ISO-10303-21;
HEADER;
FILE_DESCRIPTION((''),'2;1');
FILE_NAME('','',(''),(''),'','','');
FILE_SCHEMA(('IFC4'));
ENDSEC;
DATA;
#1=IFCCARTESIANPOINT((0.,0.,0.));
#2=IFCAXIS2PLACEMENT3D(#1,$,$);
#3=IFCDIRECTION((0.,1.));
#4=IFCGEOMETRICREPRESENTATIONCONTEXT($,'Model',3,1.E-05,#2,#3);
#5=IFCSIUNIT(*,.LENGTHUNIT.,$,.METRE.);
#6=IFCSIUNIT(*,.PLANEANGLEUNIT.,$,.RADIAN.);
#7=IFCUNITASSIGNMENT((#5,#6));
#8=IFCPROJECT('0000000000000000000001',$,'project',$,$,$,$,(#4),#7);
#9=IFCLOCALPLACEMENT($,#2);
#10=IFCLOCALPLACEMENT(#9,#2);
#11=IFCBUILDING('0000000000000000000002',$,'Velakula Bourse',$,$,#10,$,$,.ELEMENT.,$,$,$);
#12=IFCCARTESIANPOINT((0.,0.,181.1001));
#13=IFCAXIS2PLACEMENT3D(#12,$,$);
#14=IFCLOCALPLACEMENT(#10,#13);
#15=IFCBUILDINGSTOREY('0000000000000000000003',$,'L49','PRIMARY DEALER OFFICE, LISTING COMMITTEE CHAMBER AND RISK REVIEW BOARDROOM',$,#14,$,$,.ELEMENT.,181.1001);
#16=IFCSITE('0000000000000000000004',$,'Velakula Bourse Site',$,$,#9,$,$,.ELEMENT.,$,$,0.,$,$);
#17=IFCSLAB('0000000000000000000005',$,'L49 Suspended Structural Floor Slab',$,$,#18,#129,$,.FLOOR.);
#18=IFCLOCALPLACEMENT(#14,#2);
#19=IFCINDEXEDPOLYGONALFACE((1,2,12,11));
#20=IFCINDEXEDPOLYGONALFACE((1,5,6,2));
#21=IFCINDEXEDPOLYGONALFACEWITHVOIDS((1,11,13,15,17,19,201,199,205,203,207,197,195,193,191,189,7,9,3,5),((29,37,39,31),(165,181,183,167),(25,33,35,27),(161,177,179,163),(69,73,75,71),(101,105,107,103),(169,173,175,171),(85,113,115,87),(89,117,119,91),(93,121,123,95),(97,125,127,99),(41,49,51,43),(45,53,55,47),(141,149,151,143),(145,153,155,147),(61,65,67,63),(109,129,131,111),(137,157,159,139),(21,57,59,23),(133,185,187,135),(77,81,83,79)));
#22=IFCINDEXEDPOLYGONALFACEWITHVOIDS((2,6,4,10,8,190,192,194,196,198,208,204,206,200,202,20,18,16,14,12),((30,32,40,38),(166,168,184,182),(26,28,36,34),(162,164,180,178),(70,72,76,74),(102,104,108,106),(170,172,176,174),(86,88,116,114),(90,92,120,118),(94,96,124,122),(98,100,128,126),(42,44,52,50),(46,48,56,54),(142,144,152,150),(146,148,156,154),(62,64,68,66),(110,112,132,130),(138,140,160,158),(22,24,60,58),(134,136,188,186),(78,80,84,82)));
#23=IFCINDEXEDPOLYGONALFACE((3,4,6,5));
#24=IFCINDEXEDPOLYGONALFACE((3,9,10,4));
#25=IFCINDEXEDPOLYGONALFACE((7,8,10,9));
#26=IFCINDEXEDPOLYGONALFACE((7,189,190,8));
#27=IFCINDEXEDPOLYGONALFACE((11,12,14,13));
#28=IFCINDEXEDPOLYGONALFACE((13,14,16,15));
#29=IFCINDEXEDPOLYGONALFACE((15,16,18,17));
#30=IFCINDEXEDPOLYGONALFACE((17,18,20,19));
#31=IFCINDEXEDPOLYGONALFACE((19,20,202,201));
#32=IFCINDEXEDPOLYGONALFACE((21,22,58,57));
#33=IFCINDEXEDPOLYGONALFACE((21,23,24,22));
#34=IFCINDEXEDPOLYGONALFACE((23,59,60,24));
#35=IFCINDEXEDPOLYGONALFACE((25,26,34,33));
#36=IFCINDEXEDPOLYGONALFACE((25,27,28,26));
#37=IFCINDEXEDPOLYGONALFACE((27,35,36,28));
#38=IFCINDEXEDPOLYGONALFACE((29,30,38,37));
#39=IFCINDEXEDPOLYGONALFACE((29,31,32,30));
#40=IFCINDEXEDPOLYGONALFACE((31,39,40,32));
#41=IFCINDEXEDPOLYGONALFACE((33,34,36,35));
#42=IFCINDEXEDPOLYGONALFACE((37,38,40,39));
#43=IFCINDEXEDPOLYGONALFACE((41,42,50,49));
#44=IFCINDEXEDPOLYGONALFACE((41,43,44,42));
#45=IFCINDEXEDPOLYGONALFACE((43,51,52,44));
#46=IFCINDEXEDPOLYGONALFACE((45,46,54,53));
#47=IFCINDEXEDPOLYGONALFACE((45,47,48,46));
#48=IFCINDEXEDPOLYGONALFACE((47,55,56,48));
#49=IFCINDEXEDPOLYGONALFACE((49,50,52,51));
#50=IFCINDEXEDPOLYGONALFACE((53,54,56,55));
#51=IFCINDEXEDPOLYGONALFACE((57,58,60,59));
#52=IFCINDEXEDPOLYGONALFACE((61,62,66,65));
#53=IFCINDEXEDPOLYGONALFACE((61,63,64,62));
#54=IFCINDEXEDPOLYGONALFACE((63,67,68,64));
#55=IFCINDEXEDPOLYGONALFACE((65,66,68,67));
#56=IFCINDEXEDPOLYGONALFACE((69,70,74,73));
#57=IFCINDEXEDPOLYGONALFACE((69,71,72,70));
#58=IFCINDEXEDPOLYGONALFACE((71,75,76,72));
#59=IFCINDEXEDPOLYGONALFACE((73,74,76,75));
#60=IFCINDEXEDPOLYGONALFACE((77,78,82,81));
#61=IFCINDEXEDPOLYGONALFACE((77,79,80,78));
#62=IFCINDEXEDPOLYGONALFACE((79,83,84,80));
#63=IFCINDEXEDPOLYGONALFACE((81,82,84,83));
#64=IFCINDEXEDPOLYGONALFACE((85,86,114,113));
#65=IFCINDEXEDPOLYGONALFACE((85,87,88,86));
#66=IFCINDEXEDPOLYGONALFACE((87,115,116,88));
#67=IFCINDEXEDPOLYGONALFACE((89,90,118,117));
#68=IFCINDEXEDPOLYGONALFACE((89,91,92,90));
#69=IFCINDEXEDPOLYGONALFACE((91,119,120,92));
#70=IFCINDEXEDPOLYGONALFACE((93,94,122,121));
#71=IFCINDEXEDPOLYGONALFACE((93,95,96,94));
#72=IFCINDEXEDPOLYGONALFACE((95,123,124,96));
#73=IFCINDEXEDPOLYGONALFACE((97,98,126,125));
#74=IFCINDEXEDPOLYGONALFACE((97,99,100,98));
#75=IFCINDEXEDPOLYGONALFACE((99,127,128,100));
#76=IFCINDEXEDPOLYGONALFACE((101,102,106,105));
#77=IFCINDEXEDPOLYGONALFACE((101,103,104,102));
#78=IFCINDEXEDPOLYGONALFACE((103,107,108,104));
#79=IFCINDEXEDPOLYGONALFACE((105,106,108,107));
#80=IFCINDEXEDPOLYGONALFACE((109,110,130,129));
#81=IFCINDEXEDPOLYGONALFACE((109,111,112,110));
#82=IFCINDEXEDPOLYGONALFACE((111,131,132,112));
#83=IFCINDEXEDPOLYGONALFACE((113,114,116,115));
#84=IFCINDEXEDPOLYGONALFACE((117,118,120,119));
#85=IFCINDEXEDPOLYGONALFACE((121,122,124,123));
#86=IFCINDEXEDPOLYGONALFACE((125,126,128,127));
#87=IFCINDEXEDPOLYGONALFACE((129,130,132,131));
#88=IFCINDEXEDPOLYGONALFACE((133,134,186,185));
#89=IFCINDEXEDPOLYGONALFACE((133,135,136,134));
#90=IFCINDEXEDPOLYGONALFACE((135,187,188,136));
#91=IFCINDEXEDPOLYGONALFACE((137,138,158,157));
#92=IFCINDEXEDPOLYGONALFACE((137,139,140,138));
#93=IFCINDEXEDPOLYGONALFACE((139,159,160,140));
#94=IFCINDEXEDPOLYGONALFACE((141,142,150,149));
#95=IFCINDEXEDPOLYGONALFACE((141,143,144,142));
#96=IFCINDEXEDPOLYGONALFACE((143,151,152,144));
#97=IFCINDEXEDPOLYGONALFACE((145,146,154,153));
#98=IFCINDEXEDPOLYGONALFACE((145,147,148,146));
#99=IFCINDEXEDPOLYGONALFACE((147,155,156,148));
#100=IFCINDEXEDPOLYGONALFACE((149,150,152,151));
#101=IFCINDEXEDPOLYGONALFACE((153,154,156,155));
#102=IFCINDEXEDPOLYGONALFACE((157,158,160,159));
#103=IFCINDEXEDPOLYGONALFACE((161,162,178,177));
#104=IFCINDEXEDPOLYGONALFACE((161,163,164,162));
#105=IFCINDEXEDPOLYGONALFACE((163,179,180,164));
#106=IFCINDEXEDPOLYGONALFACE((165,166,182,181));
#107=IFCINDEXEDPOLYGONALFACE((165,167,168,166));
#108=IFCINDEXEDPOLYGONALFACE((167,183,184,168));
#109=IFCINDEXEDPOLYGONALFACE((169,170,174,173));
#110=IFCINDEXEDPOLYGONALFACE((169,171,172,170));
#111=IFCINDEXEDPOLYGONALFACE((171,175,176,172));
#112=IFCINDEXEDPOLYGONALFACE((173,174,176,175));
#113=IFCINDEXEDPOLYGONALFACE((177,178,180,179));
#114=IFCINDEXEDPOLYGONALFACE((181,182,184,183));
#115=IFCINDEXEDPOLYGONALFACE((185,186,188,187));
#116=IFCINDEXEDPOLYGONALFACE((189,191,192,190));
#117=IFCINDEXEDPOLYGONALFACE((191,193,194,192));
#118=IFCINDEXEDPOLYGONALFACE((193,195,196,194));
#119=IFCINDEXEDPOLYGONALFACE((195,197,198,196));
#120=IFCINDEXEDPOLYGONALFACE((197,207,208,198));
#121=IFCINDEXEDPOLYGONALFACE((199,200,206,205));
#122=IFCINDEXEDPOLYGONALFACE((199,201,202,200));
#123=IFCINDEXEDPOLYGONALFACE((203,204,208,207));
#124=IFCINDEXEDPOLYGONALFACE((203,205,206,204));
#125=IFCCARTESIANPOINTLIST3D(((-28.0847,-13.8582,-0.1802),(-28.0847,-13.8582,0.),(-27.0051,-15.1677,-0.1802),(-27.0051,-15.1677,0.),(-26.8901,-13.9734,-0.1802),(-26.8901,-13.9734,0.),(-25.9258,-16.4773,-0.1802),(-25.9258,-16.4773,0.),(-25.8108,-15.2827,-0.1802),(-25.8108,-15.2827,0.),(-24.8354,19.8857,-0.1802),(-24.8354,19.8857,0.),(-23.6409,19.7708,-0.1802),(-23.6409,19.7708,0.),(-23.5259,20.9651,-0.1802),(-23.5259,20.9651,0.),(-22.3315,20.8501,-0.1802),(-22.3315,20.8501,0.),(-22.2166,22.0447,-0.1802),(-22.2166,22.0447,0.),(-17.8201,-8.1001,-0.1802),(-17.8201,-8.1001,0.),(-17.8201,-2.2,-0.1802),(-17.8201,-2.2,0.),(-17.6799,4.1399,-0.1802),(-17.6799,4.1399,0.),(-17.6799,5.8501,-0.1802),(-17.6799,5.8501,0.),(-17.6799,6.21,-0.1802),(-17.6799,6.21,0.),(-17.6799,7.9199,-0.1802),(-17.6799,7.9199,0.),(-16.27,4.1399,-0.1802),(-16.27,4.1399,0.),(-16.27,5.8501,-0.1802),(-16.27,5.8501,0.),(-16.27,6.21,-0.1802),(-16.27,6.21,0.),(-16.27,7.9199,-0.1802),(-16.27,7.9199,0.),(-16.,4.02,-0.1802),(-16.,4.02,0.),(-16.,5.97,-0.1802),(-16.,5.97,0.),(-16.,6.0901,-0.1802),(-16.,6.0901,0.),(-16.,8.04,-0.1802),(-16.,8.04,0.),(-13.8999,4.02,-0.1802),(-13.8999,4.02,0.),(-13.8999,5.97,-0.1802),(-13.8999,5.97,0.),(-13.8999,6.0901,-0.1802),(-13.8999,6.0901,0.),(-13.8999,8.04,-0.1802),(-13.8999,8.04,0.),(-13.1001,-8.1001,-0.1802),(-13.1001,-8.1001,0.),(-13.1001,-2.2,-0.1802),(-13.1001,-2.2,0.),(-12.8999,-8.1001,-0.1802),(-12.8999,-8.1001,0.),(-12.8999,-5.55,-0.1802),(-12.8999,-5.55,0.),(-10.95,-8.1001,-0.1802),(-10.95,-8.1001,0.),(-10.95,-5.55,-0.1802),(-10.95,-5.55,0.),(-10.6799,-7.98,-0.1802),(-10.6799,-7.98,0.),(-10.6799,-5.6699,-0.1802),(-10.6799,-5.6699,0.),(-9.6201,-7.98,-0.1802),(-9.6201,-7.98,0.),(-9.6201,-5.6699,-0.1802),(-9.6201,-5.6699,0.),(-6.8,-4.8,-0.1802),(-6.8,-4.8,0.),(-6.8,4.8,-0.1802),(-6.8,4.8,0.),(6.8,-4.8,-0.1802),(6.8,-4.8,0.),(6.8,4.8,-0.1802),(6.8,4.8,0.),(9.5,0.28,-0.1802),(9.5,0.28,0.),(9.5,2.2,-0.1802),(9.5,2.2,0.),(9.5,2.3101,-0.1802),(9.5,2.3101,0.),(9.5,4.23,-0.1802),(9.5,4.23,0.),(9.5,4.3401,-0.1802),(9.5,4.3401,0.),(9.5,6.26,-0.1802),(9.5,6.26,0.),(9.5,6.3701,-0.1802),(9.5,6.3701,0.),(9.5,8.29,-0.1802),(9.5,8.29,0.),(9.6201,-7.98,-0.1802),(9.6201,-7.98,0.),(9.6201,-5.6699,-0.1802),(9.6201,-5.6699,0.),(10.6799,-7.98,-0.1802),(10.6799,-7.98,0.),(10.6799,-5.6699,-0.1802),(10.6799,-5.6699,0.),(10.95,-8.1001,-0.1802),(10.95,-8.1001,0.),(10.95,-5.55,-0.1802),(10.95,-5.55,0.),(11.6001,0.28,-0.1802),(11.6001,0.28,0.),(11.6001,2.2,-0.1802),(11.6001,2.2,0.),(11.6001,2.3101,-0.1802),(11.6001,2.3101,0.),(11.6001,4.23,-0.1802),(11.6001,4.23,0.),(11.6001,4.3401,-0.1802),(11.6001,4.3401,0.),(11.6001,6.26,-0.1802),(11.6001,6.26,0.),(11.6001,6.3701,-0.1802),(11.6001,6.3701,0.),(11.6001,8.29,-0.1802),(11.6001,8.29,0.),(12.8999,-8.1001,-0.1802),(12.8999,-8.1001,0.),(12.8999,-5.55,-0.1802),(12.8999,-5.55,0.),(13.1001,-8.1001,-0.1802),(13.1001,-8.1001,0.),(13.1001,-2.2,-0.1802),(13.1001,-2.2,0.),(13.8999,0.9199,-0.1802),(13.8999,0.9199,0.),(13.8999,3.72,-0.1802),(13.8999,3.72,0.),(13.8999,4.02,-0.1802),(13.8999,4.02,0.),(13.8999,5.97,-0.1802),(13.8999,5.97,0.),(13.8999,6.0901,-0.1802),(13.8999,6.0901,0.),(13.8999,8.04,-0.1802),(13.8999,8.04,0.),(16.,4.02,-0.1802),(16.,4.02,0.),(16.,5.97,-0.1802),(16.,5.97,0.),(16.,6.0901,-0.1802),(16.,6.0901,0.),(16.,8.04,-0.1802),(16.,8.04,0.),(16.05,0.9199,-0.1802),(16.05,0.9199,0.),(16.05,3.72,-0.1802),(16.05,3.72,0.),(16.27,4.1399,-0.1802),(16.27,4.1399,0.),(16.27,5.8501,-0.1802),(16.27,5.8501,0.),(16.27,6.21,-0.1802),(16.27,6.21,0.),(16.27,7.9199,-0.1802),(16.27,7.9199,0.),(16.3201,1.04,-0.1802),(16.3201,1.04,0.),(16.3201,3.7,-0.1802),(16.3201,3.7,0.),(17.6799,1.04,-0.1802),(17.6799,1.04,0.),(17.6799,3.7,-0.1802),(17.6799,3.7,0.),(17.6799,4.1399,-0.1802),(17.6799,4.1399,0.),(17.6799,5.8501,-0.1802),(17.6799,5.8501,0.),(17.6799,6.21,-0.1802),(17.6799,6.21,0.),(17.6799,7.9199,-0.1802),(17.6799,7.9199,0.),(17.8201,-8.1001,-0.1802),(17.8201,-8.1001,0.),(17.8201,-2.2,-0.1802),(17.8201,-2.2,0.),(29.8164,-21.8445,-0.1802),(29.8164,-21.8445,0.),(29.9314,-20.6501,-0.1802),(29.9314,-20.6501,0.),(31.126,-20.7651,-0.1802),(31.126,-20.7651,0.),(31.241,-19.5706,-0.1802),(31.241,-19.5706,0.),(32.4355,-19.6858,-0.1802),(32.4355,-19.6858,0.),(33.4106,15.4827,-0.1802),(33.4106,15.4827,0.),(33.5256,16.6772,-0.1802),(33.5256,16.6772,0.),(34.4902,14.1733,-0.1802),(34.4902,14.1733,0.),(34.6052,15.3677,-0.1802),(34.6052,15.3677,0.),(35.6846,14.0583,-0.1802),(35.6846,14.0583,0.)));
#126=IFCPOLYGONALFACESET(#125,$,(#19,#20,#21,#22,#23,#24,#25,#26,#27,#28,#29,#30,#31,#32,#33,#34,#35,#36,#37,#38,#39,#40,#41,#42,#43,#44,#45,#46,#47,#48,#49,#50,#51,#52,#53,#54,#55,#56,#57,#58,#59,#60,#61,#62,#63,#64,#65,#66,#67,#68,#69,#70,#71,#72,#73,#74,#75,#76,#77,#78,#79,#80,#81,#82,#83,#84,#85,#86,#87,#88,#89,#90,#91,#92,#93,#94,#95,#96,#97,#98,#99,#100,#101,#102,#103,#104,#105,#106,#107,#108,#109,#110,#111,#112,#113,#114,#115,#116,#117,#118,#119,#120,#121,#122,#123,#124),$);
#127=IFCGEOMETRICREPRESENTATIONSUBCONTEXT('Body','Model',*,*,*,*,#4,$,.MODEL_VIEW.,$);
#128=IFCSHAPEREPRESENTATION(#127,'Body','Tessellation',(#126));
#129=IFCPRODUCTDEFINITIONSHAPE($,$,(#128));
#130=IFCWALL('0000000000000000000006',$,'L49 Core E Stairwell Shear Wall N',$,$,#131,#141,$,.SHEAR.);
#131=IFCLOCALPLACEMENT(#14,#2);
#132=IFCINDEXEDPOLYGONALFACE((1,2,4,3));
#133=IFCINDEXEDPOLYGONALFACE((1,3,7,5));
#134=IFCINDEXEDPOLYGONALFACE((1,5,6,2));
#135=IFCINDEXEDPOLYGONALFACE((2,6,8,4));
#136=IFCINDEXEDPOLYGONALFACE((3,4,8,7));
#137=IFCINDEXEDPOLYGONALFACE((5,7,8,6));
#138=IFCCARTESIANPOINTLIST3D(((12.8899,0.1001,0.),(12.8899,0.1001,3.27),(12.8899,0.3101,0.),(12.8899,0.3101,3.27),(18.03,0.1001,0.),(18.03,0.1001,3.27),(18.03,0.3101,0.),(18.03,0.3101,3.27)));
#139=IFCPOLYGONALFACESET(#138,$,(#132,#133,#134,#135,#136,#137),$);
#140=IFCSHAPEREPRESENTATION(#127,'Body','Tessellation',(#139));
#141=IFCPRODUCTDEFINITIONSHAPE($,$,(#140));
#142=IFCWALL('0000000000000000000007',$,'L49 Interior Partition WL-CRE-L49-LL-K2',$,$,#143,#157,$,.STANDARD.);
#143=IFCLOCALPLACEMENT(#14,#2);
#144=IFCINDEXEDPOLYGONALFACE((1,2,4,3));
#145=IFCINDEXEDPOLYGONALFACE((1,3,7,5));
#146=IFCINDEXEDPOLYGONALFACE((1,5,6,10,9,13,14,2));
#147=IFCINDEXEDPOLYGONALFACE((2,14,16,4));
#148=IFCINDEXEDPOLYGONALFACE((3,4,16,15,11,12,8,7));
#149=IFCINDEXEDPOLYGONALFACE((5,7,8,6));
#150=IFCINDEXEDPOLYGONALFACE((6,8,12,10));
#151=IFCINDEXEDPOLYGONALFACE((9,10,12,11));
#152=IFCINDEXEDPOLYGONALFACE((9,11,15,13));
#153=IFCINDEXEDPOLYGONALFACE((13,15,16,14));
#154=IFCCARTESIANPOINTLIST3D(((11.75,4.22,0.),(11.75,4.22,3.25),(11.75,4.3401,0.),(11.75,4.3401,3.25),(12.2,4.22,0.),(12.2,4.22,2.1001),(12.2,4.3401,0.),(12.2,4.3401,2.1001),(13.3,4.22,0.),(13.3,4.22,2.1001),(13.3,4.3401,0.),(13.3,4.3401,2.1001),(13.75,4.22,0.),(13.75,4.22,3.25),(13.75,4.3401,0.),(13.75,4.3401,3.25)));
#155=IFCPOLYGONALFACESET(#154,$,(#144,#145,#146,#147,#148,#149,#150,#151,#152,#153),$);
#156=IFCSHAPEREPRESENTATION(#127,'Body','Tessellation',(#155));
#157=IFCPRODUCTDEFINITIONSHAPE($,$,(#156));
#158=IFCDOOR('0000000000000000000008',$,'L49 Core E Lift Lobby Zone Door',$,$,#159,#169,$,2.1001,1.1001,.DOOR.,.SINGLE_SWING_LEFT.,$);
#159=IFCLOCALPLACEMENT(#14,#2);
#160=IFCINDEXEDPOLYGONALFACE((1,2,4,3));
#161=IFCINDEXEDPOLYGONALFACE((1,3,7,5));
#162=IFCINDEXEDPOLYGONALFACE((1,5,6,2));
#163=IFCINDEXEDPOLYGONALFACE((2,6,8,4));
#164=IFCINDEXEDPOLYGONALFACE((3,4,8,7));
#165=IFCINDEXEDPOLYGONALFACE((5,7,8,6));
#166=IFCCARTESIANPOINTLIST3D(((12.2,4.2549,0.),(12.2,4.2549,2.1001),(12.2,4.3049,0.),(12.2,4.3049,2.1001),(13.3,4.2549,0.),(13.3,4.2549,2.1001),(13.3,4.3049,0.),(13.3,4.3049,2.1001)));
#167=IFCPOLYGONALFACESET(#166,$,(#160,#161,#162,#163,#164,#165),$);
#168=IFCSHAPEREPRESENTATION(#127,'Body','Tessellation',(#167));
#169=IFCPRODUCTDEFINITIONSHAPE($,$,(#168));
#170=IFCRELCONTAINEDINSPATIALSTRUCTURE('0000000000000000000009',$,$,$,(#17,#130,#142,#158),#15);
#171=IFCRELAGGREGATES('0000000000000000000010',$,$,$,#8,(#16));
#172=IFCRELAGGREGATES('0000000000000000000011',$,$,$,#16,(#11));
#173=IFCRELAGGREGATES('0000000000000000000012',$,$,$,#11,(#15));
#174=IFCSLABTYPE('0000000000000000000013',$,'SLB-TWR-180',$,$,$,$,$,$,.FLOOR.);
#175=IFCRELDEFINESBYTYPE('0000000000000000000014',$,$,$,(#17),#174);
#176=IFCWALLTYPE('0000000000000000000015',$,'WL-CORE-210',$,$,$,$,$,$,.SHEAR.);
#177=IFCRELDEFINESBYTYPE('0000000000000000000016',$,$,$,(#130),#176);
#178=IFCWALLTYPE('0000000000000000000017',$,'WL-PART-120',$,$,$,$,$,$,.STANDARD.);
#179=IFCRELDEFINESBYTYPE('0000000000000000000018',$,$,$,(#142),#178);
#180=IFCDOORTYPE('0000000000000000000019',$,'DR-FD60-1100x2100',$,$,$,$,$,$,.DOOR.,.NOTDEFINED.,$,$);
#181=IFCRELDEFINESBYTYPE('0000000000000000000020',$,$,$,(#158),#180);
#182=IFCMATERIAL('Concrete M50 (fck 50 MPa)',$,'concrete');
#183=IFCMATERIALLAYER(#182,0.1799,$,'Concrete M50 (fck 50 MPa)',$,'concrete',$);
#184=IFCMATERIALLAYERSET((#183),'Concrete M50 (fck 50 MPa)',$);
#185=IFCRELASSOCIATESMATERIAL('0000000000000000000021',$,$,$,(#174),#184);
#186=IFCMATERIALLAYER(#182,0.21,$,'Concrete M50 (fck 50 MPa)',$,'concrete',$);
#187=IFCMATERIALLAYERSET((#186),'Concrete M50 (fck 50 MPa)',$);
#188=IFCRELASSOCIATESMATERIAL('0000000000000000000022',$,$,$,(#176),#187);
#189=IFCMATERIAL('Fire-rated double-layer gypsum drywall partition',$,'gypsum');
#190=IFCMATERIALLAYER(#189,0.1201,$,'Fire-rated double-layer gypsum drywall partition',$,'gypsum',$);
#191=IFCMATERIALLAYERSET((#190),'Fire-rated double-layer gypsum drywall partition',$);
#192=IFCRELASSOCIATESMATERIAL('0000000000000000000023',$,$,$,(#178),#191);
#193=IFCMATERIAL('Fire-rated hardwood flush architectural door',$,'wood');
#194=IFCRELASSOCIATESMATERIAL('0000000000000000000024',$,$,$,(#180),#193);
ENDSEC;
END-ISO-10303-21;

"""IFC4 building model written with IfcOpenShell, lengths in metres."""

from ifc_helpers import new_model, si_unit, direction, frame, frame_2d, origin, place, context, subcontext, project, spatial, polyline, rectangle, outline, extrude, material, layer, layer_set, type_object, element, fill, save


model = new_model("IFC4")

# Units and contexts
model_context = context("Model", 3, precision=1e-05, world=origin(), true_north=direction((0.0, 1.0)))
body_context = subcontext(model_context, "Body", "Model", "MODEL_VIEW")
ifc_project = project(units=[si_unit("LENGTHUNIT", "METRE"), si_unit("PLANEANGLEUNIT", "RADIAN")], contexts=[model_context])

# Site, building, storey
site_placement = place(None, origin())
site = spatial("IfcSite", under=ifc_project, at=site_placement, Name="Velakula Bourse Site", CompositionType="ELEMENT", RefElevation=0.0)
building_placement = place(site_placement, origin())
building = spatial("IfcBuilding", under=site, at=building_placement, Name="Velakula Bourse", CompositionType="ELEMENT")
storey_placement = place(building_placement, frame((0.0, 0.0, 181.1001)))
storey = spatial("IfcBuildingStorey", under=building, at=storey_placement, Name="L49", Description="PRIMARY DEALER OFFICE, LISTING COMMITTEE CHAMBER AND RISK REVIEW BOARDROOM", CompositionType="ELEMENT", Elevation=181.1001)

# Slab
ifc_material_1 = material(Name="Concrete M50 (fck 50 MPa)", Category="concrete")
ifc_layer_1 = layer(ifc_material_1, 0.1799, Name="Concrete M50 (fck 50 MPa)", Category="concrete")
ifc_layer_set_1 = layer_set([ifc_layer_1], Name="Concrete M50 (fck 50 MPa)")
slab_type_1 = type_object("IfcSlabType", Name="SLB-TWR-180", PredefinedType="FLOOR", material=ifc_layer_set_1)
slab_1_placement = place(storey_placement, frame((0.0, 0.0, -0.1802)))
element("IfcSlab", 1, at=slab_1_placement, inside=storey, type_object=slab_type_1, Name="L49 Suspended Structural Floor Slab", PredefinedType="FLOOR", context=body_context, shape_type="SweptSolid", body=[
    extrude(outline(polyline([(-25.9258, -16.4773), (29.8164, -21.8445), (29.9314, -20.6501), (31.126, -20.7651), (31.241, -19.5706), (32.4355, -19.6858), (35.6846, 14.0583), (34.4902, 14.1733), (34.6052, 15.3677), (33.4106, 15.4827), (33.5256, 16.6772), (-22.2166, 22.0447), (-22.3315, 20.8501), (-23.5259, 20.9651), (-23.6409, 19.7708), (-24.8354, 19.8857), (-28.0847, -13.8582), (-26.8901, -13.9734), (-27.0051, -15.1677), (-25.8108, -15.2827), (-25.9258, -16.4773)]), holes=[polyline([(-17.8201, -8.1001), (-13.1001, -8.1001), (-13.1001, -2.2), (-17.8201, -2.2), (-17.8201, -8.1001)]), polyline([(13.1001, -8.1001), (17.8201, -8.1001), (17.8201, -2.2), (13.1001, -2.2), (13.1001, -8.1001)]), polyline([(-12.8999, -8.1001), (-10.95, -8.1001), (-10.95, -5.55), (-12.8999, -5.55), (-12.8999, -8.1001)]), polyline([(10.95, -8.1001), (12.8999, -8.1001), (12.8999, -5.55), (10.95, -5.55), (10.95, -8.1001)]), polyline([(13.8999, 0.9199), (16.05, 0.9199), (16.05, 3.72), (13.8999, 3.72), (13.8999, 0.9199)]), polyline([(-10.6799, -7.98), (-9.6201, -7.98), (-9.6201, -5.6699), (-10.6799, -5.6699), (-10.6799, -7.98)]), polyline([(-17.6799, 4.1399), (-16.27, 4.1399), (-16.27, 5.8501), (-17.6799, 5.8501), (-17.6799, 4.1399)]), polyline([(-17.6799, 6.21), (-16.27, 6.21), (-16.27, 7.9199), (-17.6799, 7.9199), (-17.6799, 6.21)]), polyline([(9.6201, -7.98), (10.6799, -7.98), (10.6799, -5.6699), (9.6201, -5.6699), (9.6201, -7.98)]), polyline([(16.27, 4.1399), (17.6799, 4.1399), (17.6799, 5.8501), (16.27, 5.8501), (16.27, 4.1399)]), polyline([(16.27, 6.21), (17.6799, 6.21), (17.6799, 7.9199), (16.27, 7.9199), (16.27, 6.21)]), polyline([(16.3201, 1.04), (17.6799, 1.04), (17.6799, 3.7), (16.3201, 3.7), (16.3201, 1.04)]), polyline([(9.5, 0.28), (11.6001, 0.28), (11.6001, 2.2), (9.5, 2.2), (9.5, 0.28)]), polyline([(9.5, 2.3101), (11.6001, 2.3101), (11.6001, 4.23), (9.5, 4.23), (9.5, 2.3101)]), polyline([(9.5, 4.3401), (11.6001, 4.3401), (11.6001, 6.26), (9.5, 6.26), (9.5, 4.3401)]), polyline([(9.5, 6.3701), (11.6001, 6.3701), (11.6001, 8.29), (9.5, 8.29), (9.5, 6.3701)]), polyline([(-16.0, 4.02), (-13.8999, 4.02), (-13.8999, 5.97), (-16.0, 5.97), (-16.0, 4.02)]), polyline([(-16.0, 6.0901), (-13.8999, 6.0901), (-13.8999, 8.04), (-16.0, 8.04), (-16.0, 6.0901)]), polyline([(13.8999, 4.02), (16.0, 4.02), (16.0, 5.97), (13.8999, 5.97), (13.8999, 4.02)]), polyline([(13.8999, 6.0901), (16.0, 6.0901), (16.0, 8.04), (13.8999, 8.04), (13.8999, 6.0901)]), polyline([(-6.8, -4.8), (6.8, -4.8), (6.8, 4.8), (-6.8, 4.8), (-6.8, -4.8)])]), origin(), (0.0, 0.0, 1.0), 0.1802),
])

# Wall
ifc_layer_2 = layer(ifc_material_1, 0.21, Name="Concrete M50 (fck 50 MPa)", Category="concrete")
ifc_layer_set_2 = layer_set([ifc_layer_2], Name="Concrete M50 (fck 50 MPa)")
wall_type_1 = type_object("IfcWallType", Name="WL-CORE-210", PredefinedType="SHEAR", material=ifc_layer_set_2)
wall_1_placement = place(storey_placement, frame((18.03, 0.2051, 0.0), z_axis=(0.0, 0.0, 1.0), x_axis=(-1.0, 0.0, 0.0)))
element("IfcWall", 2, at=wall_1_placement, inside=storey, type_object=wall_type_1, Name="L49 Core E Stairwell Shear Wall N", PredefinedType="SHEAR", context=body_context, shape_type="SweptSolid", body=[
    extrude(rectangle(XDim=5.1401, YDim=0.21, at=frame_2d((2.5701, 0.0))), origin(), (0.0, 0.0, 1.0), 3.27),
])

# Wall, opening, door
ifc_material_2 = material(Name="Fire-rated double-layer gypsum drywall partition", Category="gypsum")
ifc_layer_3 = layer(ifc_material_2, 0.1201, Name="Fire-rated double-layer gypsum drywall partition", Category="gypsum")
ifc_layer_set_3 = layer_set([ifc_layer_3], Name="Fire-rated double-layer gypsum drywall partition")
wall_type_2 = type_object("IfcWallType", Name="WL-PART-120", PredefinedType="STANDARD", material=ifc_layer_set_3)
wall_2_placement = place(storey_placement, frame((11.75, 4.28, 0.0), z_axis=(0.0, 0.0, 1.0), x_axis=(1.0, 0.0, 0.0)))
wall_2 = element("IfcWall", 3, at=wall_2_placement, inside=storey, type_object=wall_type_2, Name="L49 Interior Partition WL-CRE-L49-LL-K2", PredefinedType="STANDARD", context=body_context, shape_type="SweptSolid", body=[
    extrude(rectangle(XDim=2.0, YDim=0.1201, at=frame_2d((1.0, 0.0))), origin(), (0.0, 0.0, 1.0), 3.25),
])
opening_1_placement = place(wall_2_placement, frame((0.45, 0.0, 0.0)))
opening_1 = element("IfcOpeningElement", 4, at=opening_1_placement, cuts=wall_2, PredefinedType="OPENING", context=body_context, shape_type="SweptSolid", body=[
    extrude(rectangle(XDim=1.1001, YDim=2.1001, at=frame_2d((0.55, 1.05))), frame((0.0, 0.0701, 0.0), z_axis=(0.0, -1.0, 0.0), x_axis=(1.0, 0.0, 0.0)), (0.0, 0.0, 1.0), 0.1401),
])
ifc_material_3 = material(Name="Fire-rated hardwood flush architectural door", Category="wood")
door_type_1 = type_object("IfcDoorType", Name="DR-FD60-1100x2100", OperationType="NOTDEFINED", PredefinedType="DOOR", material=ifc_material_3)
door_1_placement = place(opening_1_placement, origin())
door_1 = element("IfcDoor", 5, at=door_1_placement, inside=storey, type_object=door_type_1, Name="L49 Core E Lift Lobby Zone Door", OperationType="SINGLE_SWING_LEFT", OverallHeight=2.1001, OverallWidth=1.1001, PredefinedType="DOOR", context=body_context, shape_type="SweptSolid", body=[
    extrude(rectangle(XDim=1.1001, YDim=2.1001, at=frame_2d((0.55, 1.05))), frame((0.0, 0.0249, 0.0), z_axis=(0.0, -1.0, 0.0), x_axis=(1.0, 0.0, 0.0)), (0.0, 0.0, 1.0), 0.05),
])
fill(opening_1, door_1)

save(model, "model.ifc")
